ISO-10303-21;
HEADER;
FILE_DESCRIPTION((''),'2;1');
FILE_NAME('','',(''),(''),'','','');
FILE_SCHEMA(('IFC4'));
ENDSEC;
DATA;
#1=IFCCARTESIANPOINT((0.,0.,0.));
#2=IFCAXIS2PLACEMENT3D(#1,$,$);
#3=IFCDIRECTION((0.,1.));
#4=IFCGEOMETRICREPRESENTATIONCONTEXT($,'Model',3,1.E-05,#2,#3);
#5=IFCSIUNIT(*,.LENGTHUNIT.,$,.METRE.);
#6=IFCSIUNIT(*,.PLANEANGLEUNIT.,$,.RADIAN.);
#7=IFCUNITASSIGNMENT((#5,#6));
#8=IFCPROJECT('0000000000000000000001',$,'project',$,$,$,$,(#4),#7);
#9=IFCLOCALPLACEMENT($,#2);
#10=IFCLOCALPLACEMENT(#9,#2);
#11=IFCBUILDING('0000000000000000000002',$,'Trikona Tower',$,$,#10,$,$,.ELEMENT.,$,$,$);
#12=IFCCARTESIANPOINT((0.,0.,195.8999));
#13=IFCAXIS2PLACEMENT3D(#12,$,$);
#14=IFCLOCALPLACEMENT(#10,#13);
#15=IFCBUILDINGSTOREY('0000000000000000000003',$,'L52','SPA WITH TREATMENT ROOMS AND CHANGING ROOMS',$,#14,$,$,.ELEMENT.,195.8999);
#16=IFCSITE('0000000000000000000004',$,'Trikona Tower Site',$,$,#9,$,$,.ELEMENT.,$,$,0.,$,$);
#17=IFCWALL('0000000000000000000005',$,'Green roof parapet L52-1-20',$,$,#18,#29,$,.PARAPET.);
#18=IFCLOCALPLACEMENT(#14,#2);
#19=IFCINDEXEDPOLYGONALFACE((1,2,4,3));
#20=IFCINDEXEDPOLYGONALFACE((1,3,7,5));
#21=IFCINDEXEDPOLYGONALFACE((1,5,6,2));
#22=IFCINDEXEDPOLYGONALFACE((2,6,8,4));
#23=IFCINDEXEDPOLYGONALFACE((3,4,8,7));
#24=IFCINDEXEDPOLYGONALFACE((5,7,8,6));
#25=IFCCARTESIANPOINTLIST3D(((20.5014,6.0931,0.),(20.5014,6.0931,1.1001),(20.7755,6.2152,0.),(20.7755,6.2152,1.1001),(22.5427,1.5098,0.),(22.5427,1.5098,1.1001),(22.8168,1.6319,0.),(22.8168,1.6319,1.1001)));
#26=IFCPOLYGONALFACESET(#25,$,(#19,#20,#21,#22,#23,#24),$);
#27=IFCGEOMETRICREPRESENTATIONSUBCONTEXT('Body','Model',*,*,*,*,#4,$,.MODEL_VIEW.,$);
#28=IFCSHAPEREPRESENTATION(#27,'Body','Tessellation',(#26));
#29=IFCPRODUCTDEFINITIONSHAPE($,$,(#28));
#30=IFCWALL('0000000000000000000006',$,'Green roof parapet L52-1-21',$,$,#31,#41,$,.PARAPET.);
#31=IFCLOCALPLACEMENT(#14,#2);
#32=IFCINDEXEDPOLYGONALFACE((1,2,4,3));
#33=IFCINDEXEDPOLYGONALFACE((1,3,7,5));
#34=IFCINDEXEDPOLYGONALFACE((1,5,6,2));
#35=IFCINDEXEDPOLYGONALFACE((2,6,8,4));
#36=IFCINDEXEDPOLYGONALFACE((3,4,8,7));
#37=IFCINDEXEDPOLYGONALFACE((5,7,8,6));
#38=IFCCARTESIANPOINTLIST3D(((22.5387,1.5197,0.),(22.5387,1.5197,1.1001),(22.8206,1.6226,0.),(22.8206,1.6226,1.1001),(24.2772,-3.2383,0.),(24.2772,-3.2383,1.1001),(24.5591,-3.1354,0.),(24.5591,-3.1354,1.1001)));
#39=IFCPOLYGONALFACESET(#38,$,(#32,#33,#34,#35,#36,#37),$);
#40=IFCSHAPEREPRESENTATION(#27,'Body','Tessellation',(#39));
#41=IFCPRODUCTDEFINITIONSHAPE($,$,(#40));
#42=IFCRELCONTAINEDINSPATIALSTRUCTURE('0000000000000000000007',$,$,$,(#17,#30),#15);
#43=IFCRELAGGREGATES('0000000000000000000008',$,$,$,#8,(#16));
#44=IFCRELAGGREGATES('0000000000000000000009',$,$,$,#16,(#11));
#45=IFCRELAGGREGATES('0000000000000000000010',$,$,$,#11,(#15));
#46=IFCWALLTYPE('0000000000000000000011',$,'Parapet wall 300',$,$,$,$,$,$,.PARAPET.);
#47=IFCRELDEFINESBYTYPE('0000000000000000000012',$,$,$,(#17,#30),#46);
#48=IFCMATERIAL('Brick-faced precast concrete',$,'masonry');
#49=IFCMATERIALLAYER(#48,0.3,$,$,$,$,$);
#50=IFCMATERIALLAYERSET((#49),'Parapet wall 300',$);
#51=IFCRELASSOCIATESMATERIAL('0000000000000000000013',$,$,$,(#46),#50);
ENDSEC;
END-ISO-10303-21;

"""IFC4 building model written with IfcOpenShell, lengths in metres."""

from ifc_helpers import new_model, si_unit, direction, frame, frame_2d, origin, place, context, subcontext, project, spatial, rectangle, extrude, material, layer, layer_set, type_object, element, save


model = new_model("IFC4")

# Units and contexts
model_context = context("Model", 3, precision=1e-05, world=origin(), true_north=direction((0.0, 1.0)))
body_context = subcontext(model_context, "Body", "Model", "MODEL_VIEW")
ifc_project = project(units=[si_unit("LENGTHUNIT", "METRE"), si_unit("PLANEANGLEUNIT", "RADIAN")], contexts=[model_context])

# Site, building, storey
site_placement = place(None, origin())
site = spatial("IfcSite", under=ifc_project, at=site_placement, Name="Trikona Tower Site", CompositionType="ELEMENT", RefElevation=0.0)
building_placement = place(site_placement, origin())
building = spatial("IfcBuilding", under=site, at=building_placement, Name="Trikona Tower", CompositionType="ELEMENT")
storey_placement = place(building_placement, frame((0.0, 0.0, 195.8999)))
storey = spatial("IfcBuildingStorey", under=building, at=storey_placement, Name="L52", Description="SPA WITH TREATMENT ROOMS AND CHANGING ROOMS", CompositionType="ELEMENT", Elevation=195.8999)

# Walls
ifc_material_1 = material(Name="Brick-faced precast concrete", Category="masonry")
ifc_layer_1 = layer(ifc_material_1, 0.3)
ifc_layer_set_1 = layer_set([ifc_layer_1], Name="Parapet wall 300")
wall_type = type_object("IfcWallType", Name="Parapet wall 300", PredefinedType="PARAPET", material=ifc_layer_set_1)
wall_1_placement = place(storey_placement, frame((20.6384, 6.1543, 0.0), z_axis=(0.0, 0.0, 1.0), x_axis=(0.406847, -0.913496, 0.0)))
element("IfcWall", 1, at=wall_1_placement, inside=storey, type_object=wall_type, Name="Green roof parapet L52-1-20", PredefinedType="PARAPET", context=body_context, shape_type="SweptSolid", body=[
    extrude(rectangle(XDim=5.0173, YDim=0.3, at=frame_2d((2.5088, 0.0))), origin(), (0.0, 0.0, 1.0), 1.1001),
])
wall_2_placement = place(storey_placement, frame((22.6797, 1.571, 0.0), z_axis=(0.0, 0.0, 1.0), x_axis=(0.343194, -0.939265, 0.0)))
element("IfcWall", 2, at=wall_2_placement, inside=storey, type_object=wall_type, Name="Green roof parapet L52-1-21", PredefinedType="PARAPET", context=body_context, shape_type="SweptSolid", body=[
    extrude(rectangle(XDim=5.0657, YDim=0.3, at=frame_2d((2.5327, 0.0))), origin(), (0.0, 0.0, 1.0), 1.1001),
])

save(model, "model.ifc")
